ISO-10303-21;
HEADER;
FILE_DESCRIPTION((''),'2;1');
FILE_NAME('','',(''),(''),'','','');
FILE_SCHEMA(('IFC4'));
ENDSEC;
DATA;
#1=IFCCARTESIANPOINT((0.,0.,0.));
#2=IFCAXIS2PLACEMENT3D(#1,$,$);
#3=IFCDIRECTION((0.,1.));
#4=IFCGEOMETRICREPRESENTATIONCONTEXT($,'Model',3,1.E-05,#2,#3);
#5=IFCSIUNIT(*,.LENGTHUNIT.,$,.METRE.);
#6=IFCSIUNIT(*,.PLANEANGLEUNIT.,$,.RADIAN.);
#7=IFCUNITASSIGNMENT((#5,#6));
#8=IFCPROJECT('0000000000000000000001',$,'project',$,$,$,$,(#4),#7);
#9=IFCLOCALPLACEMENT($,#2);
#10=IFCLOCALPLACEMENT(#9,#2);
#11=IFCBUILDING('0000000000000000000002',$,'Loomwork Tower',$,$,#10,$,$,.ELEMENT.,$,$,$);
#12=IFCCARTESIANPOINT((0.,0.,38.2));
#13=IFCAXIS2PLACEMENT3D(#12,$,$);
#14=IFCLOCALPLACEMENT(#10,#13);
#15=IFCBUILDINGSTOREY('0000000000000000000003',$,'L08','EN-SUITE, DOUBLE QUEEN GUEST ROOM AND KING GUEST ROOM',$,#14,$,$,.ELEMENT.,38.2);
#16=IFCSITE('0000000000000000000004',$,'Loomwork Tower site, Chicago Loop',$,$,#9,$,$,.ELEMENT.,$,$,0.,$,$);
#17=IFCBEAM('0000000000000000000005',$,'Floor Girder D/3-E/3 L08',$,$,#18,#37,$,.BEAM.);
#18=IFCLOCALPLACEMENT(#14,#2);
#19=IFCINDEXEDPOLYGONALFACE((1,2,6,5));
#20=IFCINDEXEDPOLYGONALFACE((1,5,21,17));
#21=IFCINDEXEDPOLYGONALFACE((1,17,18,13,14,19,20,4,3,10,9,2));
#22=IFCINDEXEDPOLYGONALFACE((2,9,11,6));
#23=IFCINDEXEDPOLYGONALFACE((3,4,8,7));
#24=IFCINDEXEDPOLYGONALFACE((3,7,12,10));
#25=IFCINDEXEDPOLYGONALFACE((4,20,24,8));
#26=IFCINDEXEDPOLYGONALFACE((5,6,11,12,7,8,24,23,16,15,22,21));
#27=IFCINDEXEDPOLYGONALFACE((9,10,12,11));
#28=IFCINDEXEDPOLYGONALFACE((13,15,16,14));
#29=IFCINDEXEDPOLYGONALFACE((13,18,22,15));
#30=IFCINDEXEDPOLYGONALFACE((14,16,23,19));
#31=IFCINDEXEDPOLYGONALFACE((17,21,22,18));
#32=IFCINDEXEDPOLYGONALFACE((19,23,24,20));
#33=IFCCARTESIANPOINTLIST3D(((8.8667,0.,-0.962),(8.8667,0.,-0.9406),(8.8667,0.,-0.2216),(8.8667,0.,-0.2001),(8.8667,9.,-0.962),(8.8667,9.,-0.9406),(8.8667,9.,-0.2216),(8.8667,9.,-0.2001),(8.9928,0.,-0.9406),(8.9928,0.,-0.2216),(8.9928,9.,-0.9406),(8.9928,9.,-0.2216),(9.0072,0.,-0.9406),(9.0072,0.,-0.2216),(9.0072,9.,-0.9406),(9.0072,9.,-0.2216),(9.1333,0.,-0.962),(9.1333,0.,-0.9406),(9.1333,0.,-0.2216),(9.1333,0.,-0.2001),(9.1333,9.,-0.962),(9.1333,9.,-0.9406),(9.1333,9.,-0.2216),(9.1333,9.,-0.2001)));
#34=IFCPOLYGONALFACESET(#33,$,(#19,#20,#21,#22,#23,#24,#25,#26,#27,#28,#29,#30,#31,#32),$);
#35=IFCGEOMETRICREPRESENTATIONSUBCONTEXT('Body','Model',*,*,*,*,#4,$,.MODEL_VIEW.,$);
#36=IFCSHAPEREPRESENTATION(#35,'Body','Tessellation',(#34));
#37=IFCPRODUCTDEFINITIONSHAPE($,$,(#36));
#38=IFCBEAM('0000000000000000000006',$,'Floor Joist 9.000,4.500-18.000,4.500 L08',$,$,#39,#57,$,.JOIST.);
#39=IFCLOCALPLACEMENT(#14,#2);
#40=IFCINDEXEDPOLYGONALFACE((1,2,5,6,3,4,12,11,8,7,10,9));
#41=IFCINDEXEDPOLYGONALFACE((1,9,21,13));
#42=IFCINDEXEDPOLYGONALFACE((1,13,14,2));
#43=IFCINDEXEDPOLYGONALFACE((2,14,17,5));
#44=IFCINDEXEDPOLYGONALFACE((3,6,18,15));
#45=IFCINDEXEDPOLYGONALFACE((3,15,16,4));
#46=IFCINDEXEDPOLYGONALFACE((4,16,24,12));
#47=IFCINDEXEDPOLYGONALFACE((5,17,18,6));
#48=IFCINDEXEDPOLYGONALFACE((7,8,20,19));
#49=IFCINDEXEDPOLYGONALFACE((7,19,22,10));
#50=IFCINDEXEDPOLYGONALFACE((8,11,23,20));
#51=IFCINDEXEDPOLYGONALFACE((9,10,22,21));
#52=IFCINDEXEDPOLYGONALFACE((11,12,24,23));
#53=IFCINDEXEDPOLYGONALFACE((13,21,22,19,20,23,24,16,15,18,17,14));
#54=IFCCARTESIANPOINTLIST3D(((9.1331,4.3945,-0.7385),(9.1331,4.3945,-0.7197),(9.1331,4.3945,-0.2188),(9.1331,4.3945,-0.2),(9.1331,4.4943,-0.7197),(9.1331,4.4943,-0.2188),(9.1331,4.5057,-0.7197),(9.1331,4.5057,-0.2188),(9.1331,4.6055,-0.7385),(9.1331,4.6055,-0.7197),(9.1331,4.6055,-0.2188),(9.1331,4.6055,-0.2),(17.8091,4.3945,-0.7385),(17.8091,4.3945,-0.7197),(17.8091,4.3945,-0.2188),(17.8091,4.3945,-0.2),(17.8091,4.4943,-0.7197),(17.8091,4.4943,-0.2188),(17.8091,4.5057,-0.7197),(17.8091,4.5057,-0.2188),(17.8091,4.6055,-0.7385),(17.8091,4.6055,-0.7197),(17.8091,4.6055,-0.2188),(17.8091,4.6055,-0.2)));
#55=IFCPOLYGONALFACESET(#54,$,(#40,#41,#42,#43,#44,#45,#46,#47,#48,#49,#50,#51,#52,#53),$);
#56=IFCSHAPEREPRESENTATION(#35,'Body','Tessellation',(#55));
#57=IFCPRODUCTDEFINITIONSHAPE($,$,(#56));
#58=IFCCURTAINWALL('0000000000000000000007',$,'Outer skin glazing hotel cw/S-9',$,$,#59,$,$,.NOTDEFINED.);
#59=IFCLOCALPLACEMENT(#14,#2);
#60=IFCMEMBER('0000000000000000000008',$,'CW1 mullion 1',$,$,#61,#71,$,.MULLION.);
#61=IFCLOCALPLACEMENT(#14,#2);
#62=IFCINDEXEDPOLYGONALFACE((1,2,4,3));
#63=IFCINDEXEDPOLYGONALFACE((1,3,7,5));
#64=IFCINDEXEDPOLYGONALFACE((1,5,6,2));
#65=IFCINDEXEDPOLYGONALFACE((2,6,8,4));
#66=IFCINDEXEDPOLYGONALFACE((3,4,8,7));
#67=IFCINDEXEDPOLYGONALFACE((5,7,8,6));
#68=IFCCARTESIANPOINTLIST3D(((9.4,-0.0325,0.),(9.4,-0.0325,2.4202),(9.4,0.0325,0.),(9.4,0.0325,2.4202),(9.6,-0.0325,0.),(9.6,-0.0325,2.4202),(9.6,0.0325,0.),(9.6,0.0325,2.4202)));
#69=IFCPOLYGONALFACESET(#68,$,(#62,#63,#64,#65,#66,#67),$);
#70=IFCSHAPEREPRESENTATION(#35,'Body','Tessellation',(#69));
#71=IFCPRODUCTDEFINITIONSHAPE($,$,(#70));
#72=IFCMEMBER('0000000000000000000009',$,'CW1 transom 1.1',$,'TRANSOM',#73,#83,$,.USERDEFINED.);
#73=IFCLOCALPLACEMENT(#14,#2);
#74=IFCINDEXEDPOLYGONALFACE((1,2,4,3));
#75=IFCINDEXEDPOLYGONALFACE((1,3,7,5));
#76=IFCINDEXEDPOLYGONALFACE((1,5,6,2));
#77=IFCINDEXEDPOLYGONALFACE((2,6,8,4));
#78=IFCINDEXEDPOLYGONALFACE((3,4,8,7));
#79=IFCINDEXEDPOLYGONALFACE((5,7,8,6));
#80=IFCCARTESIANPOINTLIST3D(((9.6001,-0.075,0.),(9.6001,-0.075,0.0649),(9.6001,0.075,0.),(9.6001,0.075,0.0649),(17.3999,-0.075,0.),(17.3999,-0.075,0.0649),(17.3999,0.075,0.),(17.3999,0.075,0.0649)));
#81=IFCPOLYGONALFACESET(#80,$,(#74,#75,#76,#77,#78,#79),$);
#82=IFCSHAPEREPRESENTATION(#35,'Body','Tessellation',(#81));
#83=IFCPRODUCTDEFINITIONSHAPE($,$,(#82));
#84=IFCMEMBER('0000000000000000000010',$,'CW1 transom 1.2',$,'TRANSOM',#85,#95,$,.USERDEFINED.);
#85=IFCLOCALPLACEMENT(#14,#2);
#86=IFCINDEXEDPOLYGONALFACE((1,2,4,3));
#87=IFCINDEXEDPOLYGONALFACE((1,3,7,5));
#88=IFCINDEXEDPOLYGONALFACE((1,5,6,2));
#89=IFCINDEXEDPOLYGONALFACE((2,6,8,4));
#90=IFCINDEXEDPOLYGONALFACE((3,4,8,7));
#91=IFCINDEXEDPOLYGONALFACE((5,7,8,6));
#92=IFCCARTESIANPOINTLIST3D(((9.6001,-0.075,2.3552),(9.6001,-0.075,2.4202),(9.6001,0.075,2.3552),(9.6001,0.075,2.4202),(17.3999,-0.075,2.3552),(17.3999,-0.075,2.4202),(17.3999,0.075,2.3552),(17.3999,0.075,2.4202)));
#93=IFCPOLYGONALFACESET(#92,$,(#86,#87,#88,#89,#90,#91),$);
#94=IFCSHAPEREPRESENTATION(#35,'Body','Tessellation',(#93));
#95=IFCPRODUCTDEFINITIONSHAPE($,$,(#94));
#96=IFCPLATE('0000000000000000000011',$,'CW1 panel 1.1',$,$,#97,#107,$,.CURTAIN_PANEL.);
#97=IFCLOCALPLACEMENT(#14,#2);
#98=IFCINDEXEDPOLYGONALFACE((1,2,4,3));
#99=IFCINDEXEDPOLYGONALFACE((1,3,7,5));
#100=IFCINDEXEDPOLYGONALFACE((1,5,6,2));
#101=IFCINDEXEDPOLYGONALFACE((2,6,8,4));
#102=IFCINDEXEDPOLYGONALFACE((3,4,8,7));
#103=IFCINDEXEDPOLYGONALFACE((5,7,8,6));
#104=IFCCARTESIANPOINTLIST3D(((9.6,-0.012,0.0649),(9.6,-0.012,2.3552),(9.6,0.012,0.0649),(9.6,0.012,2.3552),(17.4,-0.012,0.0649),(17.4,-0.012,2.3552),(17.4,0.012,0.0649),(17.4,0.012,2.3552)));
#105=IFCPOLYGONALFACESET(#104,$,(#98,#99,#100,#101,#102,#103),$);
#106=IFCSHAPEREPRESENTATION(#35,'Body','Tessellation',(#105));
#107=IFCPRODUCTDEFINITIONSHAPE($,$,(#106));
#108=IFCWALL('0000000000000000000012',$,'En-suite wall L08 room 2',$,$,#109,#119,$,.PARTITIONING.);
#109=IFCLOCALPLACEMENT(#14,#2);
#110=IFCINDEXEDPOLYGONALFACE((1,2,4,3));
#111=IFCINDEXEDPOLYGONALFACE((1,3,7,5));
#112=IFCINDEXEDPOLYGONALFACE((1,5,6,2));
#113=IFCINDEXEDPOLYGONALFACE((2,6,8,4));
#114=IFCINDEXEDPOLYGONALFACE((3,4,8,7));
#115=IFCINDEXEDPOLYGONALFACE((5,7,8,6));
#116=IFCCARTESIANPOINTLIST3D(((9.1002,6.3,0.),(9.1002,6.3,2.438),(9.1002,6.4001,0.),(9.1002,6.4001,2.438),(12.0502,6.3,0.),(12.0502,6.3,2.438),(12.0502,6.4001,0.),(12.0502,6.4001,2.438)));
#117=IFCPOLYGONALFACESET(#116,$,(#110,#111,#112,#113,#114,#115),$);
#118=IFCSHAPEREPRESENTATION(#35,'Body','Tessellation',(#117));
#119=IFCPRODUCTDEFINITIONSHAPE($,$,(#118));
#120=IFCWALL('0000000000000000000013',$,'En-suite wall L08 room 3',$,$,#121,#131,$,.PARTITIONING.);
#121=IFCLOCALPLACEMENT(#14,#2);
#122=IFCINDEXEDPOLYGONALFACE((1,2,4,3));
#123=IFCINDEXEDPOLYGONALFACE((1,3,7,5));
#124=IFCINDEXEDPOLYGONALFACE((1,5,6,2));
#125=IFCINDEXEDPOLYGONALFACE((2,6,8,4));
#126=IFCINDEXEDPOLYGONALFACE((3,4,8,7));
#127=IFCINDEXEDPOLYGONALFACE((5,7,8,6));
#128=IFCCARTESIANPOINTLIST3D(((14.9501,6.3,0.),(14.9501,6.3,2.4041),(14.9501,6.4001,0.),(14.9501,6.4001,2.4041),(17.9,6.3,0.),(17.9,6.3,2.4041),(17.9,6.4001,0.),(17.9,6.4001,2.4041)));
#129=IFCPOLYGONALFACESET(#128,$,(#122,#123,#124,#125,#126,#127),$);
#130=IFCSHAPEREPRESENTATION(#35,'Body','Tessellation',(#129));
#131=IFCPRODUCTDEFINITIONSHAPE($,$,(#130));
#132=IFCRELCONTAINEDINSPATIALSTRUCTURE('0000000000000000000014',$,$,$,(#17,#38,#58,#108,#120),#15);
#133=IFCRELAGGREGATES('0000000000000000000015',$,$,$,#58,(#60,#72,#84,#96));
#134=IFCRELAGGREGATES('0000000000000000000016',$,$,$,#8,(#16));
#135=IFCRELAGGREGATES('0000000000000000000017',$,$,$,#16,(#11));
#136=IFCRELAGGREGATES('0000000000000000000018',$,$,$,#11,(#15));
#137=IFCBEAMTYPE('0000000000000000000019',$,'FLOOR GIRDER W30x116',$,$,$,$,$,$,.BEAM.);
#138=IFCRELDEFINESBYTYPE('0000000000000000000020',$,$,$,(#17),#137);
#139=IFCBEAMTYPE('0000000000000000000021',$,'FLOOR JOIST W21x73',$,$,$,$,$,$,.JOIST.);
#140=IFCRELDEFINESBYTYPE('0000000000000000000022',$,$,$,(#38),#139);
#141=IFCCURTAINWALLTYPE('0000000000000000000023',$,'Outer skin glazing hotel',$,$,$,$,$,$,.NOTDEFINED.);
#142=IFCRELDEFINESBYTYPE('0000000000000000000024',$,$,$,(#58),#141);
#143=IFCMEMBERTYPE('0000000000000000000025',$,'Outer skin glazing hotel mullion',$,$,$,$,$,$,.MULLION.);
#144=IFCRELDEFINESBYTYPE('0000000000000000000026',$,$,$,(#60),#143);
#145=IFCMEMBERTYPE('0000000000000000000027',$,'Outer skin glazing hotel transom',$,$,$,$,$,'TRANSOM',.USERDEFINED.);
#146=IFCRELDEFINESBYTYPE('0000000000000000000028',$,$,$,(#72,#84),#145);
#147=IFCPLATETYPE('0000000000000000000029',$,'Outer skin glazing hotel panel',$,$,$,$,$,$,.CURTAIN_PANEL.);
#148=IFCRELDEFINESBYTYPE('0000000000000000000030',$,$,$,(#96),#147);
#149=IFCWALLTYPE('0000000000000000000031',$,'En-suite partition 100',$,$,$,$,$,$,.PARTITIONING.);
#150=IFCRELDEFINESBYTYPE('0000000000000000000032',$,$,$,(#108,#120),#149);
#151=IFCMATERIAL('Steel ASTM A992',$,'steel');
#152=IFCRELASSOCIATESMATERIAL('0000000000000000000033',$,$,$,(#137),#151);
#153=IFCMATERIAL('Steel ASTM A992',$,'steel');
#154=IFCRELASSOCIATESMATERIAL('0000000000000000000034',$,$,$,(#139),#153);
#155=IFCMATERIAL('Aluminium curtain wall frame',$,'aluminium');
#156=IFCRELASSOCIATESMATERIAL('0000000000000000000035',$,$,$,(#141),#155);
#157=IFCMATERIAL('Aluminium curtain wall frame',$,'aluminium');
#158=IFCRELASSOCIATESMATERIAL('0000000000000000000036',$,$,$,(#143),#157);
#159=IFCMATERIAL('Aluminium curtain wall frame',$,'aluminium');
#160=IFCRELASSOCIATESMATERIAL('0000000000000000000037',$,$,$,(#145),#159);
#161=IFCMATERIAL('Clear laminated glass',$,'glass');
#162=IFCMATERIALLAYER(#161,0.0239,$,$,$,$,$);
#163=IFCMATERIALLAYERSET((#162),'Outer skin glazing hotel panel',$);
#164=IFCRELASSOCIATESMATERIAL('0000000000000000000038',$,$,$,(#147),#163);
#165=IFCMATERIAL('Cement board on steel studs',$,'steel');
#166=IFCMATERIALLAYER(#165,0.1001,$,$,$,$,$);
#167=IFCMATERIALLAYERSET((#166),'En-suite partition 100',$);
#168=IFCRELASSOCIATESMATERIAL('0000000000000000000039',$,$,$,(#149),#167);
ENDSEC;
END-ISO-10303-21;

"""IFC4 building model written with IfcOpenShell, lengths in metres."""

from ifc_helpers import new_model, si_unit, direction, frame, frame_2d, origin, origin_2d, place, context, subcontext, project, spatial, rectangle, i_section, extrude, material, layer, layer_set, material_profile, profile_set, type_object, element, aggregate, save


model = new_model("IFC4")

# Units and contexts
model_context = context("Model", 3, precision=1e-05, world=origin(), true_north=direction((0.0, 1.0)))
body_context = subcontext(model_context, "Body", "Model", "MODEL_VIEW")
ifc_project = project(units=[si_unit("LENGTHUNIT", "METRE"), si_unit("PLANEANGLEUNIT", "RADIAN")], contexts=[model_context])

# Site, building, storey
site_placement = place(None, origin())
site = spatial("IfcSite", under=ifc_project, at=site_placement, Name="Loomwork Tower site, Chicago Loop", CompositionType="ELEMENT", RefElevation=0.0)
building_placement = place(site_placement, origin())
building = spatial("IfcBuilding", under=site, at=building_placement, Name="Loomwork Tower", CompositionType="ELEMENT")
storey_placement = place(building_placement, frame((0.0, 0.0, 38.2)))
storey = spatial("IfcBuildingStorey", under=building, at=storey_placement, Name="L08", Description="EN-SUITE, DOUBLE QUEEN GUEST ROOM AND KING GUEST ROOM", CompositionType="ELEMENT", Elevation=38.2)

# Beams
ifc_material_1 = material(Name="Steel ASTM A992", Category="steel")
ifc_material_profile_1 = material_profile(ifc_material_1, i_section(OverallWidth=0.2666, OverallDepth=0.762, WebThickness=0.0144, FlangeThickness=0.0215, at=origin_2d()), Name="W30x116")
ifc_profile_set_1 = profile_set([ifc_material_profile_1], Name="Steel ASTM A992")
beam_type_1 = type_object("IfcBeamType", Name="FLOOR GIRDER W30x116", PredefinedType="BEAM", material=ifc_profile_set_1)
beam_1_placement = place(storey_placement, frame((9.0, 0.0, -0.5811), z_axis=(0.0, 1.0, 0.0), x_axis=(-1.0, 0.0, 0.0)))
element("IfcBeam", 1, at=beam_1_placement, inside=storey, type_object=beam_type_1, Name="Floor Girder D/3-E/3 L08", PredefinedType="BEAM", context=body_context, shape_type="SweptSolid", body=[
    extrude(i_section(OverallWidth=0.2666, OverallDepth=0.762, WebThickness=0.0144, FlangeThickness=0.0215, at=origin_2d()), origin(), (0.0, 0.0, 1.0), 9.0),
])
ifc_material_2 = material(Name="Steel ASTM A992", Category="steel")
ifc_material_profile_2 = material_profile(ifc_material_2, i_section(OverallWidth=0.2109, OverallDepth=0.5386, WebThickness=0.0115, FlangeThickness=0.0188, at=origin_2d()), Name="W21x73")
ifc_profile_set_2 = profile_set([ifc_material_profile_2], Name="Steel ASTM A992")
beam_type_2 = type_object("IfcBeamType", Name="FLOOR JOIST W21x73", PredefinedType="JOIST", material=ifc_profile_set_2)
beam_2_placement = place(storey_placement, frame((9.1331, 4.5, -0.4692), z_axis=(1.0, 0.0, 0.0), x_axis=(0.0, 1.0, 0.0)))
element("IfcBeam", 2, at=beam_2_placement, inside=storey, type_object=beam_type_2, Name="Floor Joist 9.000,4.500-18.000,4.500 L08", PredefinedType="JOIST", context=body_context, shape_type="SweptSolid", body=[
    extrude(i_section(OverallWidth=0.2109, OverallDepth=0.5386, WebThickness=0.0115, FlangeThickness=0.0188, at=origin_2d()), origin(), (0.0, 0.0, 1.0), 8.676),
])

# Curtain wall, members, plate
ifc_material_3 = material(Name="Aluminium curtain wall frame", Category="aluminium")
curtain_wall_type = type_object("IfcCurtainWallType", Name="Outer skin glazing hotel", PredefinedType="NOTDEFINED", material=ifc_material_3)
curtain_wall_placement = place(storey_placement, origin())
curtain_wall = element("IfcCurtainWall", 3, at=curtain_wall_placement, inside=storey, type_object=curtain_wall_type, Name="Outer skin glazing hotel cw/S-9", PredefinedType="NOTDEFINED")
ifc_material_4 = material(Name="Aluminium curtain wall frame", Category="aluminium")
ifc_material_profile_3 = material_profile(ifc_material_4, rectangle(XDim=0.0649, YDim=0.2, at=origin_2d()), Name="AL 65x200")
ifc_profile_set_3 = profile_set([ifc_material_profile_3], Name="Aluminium curtain wall frame")
member_type_1 = type_object("IfcMemberType", Name="Outer skin glazing hotel mullion", PredefinedType="MULLION", material=ifc_profile_set_3)
member_1_placement = place(storey_placement, frame((9.5, 0.0, 0.0), z_axis=(0.0, 0.0, 1.0), x_axis=(0.0, 1.0, 0.0)))
member_1 = element("IfcMember", 4, at=member_1_placement, type_object=member_type_1, Name="CW1 mullion 1", PredefinedType="MULLION", context=body_context, shape_type="SweptSolid", body=[
    extrude(rectangle(XDim=0.0649, YDim=0.2, at=origin_2d()), origin(), (0.0, 0.0, 1.0), 2.4202),
])
ifc_material_5 = material(Name="Aluminium curtain wall frame", Category="aluminium")
ifc_material_profile_4 = material_profile(ifc_material_5, rectangle(XDim=0.1499, YDim=0.0649, at=origin_2d()), Name="AL 65x150")
ifc_profile_set_4 = profile_set([ifc_material_profile_4], Name="Aluminium curtain wall frame")
member_type_2 = type_object("IfcMemberType", Name="Outer skin glazing hotel transom", ElementType="TRANSOM", PredefinedType="USERDEFINED", material=ifc_profile_set_4)
member_2_placement = place(storey_placement, frame((9.6001, 0.0, 0.0325), z_axis=(1.0, 0.0, 0.0), x_axis=(0.0, 1.0, 0.0)))
member_2 = element("IfcMember", 5, at=member_2_placement, type_object=member_type_2, Name="CW1 transom 1.1", ObjectType="TRANSOM", PredefinedType="USERDEFINED", context=body_context, shape_type="SweptSolid", body=[
    extrude(rectangle(XDim=0.1499, YDim=0.0649, at=origin_2d()), origin(), (0.0, 0.0, 1.0), 7.7998),
])
member_3_placement = place(storey_placement, frame((9.6001, 0.0, 2.3877), z_axis=(1.0, 0.0, 0.0), x_axis=(0.0, 1.0, 0.0)))
member_3 = element("IfcMember", 6, at=member_3_placement, type_object=member_type_2, Name="CW1 transom 1.2", ObjectType="TRANSOM", PredefinedType="USERDEFINED", context=body_context, shape_type="SweptSolid", body=[
    extrude(rectangle(XDim=0.1499, YDim=0.0649, at=origin_2d()), origin(), (0.0, 0.0, 1.0), 7.7998),
])
ifc_material_6 = material(Name="Clear laminated glass", Category="glass")
ifc_layer_1 = layer(ifc_material_6, 0.0239)
ifc_layer_set_1 = layer_set([ifc_layer_1], Name="Outer skin glazing hotel panel")
plate_type = type_object("IfcPlateType", Name="Outer skin glazing hotel panel", PredefinedType="CURTAIN_PANEL", material=ifc_layer_set_1)
plate_placement = place(storey_placement, frame((13.5, 0.0, 0.0649), z_axis=(0.0, 0.0, 1.0), x_axis=(1.0, 0.0, 0.0)))
plate = element("IfcPlate", 7, at=plate_placement, type_object=plate_type, Name="CW1 panel 1.1", PredefinedType="CURTAIN_PANEL", context=body_context, shape_type="SweptSolid", body=[
    extrude(rectangle(XDim=7.8, YDim=0.0239, at=origin_2d()), origin(), (0.0, 0.0, 1.0), 2.2903),
])
aggregate(curtain_wall, [member_1, member_2, member_3, plate])

# Walls
ifc_material_7 = material(Name="Cement board on steel studs", Category="steel")
ifc_layer_2 = layer(ifc_material_7, 0.1001)
ifc_layer_set_2 = layer_set([ifc_layer_2], Name="En-suite partition 100")
wall_type_1 = type_object("IfcWallType", Name="En-suite partition 100", PredefinedType="PARTITIONING", material=ifc_layer_set_2)
wall_1_placement = place(storey_placement, frame((9.1001, 6.3501, 0.0), z_axis=(0.0, 0.0, 1.0), x_axis=(1.0, 0.0, 0.0)))
element("IfcWall", 8, at=wall_1_placement, inside=storey, type_object=wall_type_1, Name="En-suite wall L08 room 2", PredefinedType="PARTITIONING", context=body_context, shape_type="SweptSolid", body=[
    extrude(rectangle(XDim=2.95, YDim=0.1001, at=frame_2d((1.4751, 0.0))), origin(), (0.0, 0.0, 1.0), 2.438),
])
wall_2_placement = place(storey_placement, frame((14.95, 6.3501, 0.0), z_axis=(0.0, 0.0, 1.0), x_axis=(1.0, 0.0, 0.0)))
element("IfcWall", 9, at=wall_2_placement, inside=storey, type_object=wall_type_1, Name="En-suite wall L08 room 3", PredefinedType="PARTITIONING", context=body_context, shape_type="SweptSolid", body=[
    extrude(rectangle(XDim=2.95, YDim=0.1001, at=frame_2d((1.4751, 0.0))), origin(), (0.0, 0.0, 1.0), 2.4041),
])

save(model, "model.ifc")
